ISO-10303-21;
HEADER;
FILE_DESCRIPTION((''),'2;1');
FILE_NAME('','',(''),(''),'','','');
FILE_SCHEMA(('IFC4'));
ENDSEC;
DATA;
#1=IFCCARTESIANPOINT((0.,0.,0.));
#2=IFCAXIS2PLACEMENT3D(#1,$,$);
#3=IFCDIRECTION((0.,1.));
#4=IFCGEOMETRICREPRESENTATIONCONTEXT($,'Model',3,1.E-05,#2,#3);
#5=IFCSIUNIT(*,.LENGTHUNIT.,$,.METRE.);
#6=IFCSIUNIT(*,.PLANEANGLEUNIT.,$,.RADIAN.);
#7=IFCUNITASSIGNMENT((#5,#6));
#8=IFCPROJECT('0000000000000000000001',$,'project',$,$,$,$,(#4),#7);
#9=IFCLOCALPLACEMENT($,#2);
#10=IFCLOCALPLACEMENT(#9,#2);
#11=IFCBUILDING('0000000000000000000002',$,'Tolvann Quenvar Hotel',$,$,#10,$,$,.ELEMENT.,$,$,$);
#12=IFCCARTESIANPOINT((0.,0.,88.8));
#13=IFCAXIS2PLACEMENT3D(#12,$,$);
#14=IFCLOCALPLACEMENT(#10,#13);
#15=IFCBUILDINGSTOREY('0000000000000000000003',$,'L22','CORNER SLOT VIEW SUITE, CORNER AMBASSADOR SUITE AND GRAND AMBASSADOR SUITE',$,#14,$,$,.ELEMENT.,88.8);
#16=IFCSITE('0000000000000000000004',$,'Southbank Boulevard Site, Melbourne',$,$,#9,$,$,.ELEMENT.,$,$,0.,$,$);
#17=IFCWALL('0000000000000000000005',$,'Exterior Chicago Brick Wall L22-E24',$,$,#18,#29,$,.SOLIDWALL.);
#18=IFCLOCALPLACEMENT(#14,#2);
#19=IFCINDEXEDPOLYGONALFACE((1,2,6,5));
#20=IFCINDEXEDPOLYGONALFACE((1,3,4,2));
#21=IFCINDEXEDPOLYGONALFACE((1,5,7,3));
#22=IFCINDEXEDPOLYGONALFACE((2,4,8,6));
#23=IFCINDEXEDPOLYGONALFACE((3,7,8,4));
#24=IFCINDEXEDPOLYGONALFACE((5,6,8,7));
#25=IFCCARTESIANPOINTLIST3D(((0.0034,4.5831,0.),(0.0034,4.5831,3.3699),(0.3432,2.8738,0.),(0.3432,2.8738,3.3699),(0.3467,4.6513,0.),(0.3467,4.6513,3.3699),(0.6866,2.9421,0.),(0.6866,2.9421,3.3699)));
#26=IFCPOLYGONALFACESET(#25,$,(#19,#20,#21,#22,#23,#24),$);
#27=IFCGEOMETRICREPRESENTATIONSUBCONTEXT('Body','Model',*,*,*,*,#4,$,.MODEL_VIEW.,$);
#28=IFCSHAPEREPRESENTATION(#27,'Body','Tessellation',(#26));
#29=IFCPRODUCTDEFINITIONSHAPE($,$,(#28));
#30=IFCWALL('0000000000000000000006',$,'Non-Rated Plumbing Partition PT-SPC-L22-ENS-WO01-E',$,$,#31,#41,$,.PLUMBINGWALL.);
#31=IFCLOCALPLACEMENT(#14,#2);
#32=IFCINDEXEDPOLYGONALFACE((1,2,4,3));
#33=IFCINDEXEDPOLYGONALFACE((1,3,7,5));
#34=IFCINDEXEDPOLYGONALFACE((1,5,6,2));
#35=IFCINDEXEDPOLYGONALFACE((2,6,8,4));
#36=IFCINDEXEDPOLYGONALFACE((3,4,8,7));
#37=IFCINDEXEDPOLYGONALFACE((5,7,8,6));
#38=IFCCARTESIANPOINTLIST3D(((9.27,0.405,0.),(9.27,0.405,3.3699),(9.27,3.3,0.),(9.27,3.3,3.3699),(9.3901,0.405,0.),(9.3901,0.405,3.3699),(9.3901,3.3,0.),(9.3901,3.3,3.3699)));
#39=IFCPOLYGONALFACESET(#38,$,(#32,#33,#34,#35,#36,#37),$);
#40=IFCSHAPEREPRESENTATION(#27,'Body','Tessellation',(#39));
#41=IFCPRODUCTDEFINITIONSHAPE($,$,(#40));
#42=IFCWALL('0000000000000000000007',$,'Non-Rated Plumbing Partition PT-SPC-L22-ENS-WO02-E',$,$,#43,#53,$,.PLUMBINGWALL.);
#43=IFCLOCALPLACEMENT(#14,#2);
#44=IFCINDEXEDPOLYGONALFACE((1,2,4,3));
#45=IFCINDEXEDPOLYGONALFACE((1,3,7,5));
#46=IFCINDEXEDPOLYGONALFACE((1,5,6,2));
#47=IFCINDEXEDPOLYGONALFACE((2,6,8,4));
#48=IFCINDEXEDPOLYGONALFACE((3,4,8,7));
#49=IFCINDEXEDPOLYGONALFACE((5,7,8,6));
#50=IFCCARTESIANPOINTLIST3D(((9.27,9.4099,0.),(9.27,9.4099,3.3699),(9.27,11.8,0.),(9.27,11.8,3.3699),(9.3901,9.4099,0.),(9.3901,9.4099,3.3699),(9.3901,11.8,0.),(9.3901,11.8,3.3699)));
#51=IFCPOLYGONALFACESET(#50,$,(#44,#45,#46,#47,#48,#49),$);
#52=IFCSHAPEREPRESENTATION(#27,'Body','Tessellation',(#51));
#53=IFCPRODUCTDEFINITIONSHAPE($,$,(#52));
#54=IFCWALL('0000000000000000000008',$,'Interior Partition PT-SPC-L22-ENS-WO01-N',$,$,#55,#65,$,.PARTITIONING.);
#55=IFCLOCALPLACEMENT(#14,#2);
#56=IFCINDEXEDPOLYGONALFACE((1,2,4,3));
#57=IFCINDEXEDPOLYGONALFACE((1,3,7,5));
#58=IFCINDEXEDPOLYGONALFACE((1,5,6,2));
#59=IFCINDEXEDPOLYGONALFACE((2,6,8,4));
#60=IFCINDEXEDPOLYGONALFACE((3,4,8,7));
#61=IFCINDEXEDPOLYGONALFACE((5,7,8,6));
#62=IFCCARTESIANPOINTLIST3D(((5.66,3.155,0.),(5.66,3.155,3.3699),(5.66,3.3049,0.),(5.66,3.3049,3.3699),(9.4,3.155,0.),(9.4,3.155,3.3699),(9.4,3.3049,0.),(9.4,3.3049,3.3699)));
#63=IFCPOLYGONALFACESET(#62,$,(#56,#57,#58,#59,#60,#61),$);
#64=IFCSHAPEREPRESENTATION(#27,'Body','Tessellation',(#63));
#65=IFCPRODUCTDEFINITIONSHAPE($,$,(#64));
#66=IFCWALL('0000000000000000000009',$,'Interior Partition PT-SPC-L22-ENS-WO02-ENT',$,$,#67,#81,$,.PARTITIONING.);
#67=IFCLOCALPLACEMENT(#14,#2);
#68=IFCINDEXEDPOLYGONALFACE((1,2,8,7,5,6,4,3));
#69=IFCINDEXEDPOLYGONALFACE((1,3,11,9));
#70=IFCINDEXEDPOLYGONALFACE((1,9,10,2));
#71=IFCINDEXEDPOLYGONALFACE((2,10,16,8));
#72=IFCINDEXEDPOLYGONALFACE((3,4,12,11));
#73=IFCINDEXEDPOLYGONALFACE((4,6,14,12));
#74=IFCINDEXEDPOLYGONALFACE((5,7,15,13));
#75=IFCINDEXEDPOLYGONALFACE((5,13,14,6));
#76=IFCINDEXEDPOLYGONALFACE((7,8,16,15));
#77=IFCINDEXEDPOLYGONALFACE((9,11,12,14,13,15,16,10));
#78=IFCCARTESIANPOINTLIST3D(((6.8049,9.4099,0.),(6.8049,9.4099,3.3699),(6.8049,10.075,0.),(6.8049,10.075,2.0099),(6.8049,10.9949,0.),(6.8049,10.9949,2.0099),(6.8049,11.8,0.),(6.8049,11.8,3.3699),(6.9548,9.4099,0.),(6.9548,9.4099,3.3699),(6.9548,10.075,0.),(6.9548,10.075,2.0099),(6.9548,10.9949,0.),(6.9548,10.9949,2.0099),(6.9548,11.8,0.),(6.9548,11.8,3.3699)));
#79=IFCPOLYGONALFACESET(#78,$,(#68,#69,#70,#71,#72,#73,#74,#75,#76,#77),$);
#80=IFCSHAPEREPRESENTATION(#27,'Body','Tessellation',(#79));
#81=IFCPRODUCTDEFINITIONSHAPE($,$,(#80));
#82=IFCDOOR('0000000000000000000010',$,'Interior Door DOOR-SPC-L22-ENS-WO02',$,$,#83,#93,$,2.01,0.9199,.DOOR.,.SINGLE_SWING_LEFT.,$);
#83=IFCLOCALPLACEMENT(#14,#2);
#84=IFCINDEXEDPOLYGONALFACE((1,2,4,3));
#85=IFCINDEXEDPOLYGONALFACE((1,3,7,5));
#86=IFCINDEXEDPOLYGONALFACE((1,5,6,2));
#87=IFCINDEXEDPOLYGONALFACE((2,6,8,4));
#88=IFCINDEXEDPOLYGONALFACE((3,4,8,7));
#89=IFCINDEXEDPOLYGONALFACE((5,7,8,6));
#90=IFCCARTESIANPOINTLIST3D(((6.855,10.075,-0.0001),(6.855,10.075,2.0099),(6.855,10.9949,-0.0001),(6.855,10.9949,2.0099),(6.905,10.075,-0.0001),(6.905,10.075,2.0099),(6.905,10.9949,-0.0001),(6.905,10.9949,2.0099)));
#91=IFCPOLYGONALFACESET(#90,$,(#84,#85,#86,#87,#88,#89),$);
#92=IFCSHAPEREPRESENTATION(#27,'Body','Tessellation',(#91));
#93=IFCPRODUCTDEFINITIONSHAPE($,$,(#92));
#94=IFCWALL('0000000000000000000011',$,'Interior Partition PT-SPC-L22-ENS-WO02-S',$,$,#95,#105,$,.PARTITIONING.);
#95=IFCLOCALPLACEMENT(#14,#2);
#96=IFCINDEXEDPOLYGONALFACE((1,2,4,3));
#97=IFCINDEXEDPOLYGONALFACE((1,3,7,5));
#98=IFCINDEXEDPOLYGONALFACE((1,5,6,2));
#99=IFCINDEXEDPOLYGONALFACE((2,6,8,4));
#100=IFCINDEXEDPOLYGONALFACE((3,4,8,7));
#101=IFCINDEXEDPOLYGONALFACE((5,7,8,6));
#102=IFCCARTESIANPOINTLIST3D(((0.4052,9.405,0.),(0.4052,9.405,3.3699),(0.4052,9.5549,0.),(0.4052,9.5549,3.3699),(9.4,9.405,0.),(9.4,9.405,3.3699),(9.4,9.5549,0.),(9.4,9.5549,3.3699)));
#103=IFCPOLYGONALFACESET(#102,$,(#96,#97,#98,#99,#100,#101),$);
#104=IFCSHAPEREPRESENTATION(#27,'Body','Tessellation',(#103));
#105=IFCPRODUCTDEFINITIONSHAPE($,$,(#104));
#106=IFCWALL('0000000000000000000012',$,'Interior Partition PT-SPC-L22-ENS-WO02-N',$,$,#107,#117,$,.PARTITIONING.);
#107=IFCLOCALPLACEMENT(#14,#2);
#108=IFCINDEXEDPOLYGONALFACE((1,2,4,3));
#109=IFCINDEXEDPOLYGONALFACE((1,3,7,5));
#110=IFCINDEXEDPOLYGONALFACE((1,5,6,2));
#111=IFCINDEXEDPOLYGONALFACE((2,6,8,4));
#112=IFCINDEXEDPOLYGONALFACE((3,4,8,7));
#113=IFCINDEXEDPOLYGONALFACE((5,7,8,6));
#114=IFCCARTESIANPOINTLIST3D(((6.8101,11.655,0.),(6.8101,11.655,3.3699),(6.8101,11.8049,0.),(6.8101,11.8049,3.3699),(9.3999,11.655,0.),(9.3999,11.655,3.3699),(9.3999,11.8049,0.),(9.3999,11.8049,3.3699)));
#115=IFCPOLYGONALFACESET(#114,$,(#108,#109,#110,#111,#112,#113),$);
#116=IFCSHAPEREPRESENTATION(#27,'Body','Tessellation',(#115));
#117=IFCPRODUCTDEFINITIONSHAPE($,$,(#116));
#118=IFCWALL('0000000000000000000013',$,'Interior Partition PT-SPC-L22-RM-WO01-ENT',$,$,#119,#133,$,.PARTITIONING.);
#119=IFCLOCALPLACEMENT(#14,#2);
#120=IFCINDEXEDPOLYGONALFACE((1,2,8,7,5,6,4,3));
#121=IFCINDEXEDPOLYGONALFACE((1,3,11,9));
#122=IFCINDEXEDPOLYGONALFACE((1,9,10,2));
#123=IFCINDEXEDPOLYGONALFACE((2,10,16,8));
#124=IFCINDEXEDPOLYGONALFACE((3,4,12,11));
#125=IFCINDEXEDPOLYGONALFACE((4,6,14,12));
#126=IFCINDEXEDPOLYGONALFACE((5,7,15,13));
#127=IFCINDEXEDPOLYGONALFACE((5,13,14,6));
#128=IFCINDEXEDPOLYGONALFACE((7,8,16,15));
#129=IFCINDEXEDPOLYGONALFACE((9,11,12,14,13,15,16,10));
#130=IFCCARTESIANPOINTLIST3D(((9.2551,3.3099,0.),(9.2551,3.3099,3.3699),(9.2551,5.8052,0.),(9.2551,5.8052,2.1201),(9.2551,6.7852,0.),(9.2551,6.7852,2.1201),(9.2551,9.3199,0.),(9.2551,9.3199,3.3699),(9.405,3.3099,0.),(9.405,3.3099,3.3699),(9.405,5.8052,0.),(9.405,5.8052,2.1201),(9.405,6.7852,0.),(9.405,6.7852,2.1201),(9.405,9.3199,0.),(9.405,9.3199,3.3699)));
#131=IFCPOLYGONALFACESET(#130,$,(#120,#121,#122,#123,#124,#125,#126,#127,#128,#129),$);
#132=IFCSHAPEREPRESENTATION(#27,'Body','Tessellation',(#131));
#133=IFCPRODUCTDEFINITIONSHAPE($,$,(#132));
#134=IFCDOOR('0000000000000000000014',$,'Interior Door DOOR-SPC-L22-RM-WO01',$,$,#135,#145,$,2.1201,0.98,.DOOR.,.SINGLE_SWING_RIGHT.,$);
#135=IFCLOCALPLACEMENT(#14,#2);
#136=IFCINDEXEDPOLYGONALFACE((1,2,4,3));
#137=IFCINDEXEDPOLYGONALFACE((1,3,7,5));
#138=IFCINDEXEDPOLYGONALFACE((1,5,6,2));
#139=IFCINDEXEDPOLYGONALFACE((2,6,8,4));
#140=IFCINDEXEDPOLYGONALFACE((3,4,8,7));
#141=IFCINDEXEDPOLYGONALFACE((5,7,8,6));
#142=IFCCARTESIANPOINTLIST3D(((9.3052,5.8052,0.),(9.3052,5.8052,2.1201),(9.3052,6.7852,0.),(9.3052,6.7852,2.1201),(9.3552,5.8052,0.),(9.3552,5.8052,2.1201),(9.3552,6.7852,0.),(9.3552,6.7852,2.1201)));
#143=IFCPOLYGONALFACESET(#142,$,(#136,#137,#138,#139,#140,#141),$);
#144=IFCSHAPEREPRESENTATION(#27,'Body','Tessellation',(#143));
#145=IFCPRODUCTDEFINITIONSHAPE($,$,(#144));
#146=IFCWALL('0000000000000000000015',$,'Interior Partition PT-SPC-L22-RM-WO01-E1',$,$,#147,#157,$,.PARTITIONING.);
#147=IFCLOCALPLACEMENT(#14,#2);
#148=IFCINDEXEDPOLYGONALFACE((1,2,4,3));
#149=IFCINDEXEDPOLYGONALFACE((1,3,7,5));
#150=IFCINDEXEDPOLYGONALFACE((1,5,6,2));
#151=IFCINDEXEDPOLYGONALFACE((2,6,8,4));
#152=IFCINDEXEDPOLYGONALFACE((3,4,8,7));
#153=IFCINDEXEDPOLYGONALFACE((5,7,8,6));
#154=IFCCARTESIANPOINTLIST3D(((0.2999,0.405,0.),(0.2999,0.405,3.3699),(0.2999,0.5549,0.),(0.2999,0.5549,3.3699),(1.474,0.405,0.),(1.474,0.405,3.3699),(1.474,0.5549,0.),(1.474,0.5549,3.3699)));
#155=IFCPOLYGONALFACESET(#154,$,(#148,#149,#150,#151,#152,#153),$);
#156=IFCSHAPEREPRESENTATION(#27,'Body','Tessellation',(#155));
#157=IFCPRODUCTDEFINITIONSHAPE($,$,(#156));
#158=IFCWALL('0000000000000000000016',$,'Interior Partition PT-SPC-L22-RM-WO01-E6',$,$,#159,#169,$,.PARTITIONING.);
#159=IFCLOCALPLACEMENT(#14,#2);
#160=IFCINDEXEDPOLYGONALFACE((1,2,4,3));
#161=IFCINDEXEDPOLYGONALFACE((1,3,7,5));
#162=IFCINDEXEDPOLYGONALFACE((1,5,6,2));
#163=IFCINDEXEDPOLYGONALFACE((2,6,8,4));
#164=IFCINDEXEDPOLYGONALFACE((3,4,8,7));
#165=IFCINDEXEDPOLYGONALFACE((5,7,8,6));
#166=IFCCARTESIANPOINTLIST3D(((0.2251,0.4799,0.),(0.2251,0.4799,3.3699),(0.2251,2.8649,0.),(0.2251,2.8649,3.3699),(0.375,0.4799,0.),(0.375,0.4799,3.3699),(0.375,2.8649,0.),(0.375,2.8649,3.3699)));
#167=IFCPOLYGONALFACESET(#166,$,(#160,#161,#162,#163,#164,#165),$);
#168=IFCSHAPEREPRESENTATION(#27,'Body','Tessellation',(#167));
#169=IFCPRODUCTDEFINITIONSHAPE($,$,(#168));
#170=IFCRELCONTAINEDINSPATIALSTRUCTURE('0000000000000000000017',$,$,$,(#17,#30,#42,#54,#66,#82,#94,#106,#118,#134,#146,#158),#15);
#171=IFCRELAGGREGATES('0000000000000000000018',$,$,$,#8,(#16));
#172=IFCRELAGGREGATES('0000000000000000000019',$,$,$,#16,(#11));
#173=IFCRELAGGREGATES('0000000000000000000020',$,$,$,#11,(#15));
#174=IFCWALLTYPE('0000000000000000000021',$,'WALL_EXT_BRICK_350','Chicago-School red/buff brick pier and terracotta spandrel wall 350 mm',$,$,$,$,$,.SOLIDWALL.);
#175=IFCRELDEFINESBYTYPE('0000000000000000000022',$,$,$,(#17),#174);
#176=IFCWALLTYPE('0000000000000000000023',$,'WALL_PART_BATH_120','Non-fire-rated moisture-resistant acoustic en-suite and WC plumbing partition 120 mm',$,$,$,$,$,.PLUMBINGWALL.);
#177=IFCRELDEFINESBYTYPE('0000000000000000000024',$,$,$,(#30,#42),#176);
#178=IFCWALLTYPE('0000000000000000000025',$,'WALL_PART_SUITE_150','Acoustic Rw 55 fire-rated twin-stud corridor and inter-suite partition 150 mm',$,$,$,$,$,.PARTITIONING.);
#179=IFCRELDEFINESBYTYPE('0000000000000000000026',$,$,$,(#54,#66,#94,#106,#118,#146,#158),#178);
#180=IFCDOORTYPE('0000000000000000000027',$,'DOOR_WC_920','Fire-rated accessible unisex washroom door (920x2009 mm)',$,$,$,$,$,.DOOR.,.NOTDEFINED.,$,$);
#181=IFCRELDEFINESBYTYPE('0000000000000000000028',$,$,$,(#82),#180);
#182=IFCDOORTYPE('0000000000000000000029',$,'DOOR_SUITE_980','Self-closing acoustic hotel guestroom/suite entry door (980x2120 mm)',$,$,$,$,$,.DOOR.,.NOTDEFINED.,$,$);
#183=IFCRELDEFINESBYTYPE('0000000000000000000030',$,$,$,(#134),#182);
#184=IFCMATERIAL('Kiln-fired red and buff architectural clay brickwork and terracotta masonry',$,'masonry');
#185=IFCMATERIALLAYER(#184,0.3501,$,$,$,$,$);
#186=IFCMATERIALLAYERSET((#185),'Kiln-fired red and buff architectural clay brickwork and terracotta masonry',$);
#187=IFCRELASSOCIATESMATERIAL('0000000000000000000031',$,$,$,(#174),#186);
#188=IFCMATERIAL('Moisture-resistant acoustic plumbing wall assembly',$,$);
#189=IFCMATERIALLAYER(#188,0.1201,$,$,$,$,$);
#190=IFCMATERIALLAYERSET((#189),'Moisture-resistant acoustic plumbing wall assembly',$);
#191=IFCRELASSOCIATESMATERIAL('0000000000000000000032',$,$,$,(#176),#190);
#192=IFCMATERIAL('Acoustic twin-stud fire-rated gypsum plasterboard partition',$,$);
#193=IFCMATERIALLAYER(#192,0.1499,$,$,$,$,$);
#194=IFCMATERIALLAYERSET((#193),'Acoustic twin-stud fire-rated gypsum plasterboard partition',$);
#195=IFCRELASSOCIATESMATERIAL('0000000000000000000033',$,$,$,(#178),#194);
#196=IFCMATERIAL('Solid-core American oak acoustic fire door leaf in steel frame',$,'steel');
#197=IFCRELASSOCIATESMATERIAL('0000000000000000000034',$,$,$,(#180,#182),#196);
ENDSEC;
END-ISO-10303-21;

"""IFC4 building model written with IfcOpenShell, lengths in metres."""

from ifc_helpers import new_model, si_unit, direction, frame, frame_2d, origin, place, context, subcontext, project, spatial, rectangle, extrude, source, transform, mapped, material, layer, layer_set, type_object, type_shapes, element, fill, save


model = new_model("IFC4")

# Units and contexts
model_context = context("Model", 3, precision=1e-05, world=origin(), true_north=direction((0.0, 1.0)))
body_context = subcontext(model_context, "Body", "Model", "MODEL_VIEW")
ifc_project = project(units=[si_unit("LENGTHUNIT", "METRE"), si_unit("PLANEANGLEUNIT", "RADIAN")], contexts=[model_context])

# Site, building, storey
site_placement = place(None, origin())
site = spatial("IfcSite", under=ifc_project, at=site_placement, Name="Southbank Boulevard Site, Melbourne", CompositionType="ELEMENT", RefElevation=0.0)
building_placement = place(site_placement, origin())
building = spatial("IfcBuilding", under=site, at=building_placement, Name="Tolvann Quenvar Hotel", CompositionType="ELEMENT")
storey_placement = place(building_placement, frame((0.0, 0.0, 88.8)))
storey = spatial("IfcBuildingStorey", under=building, at=storey_placement, Name="L22", Description="CORNER SLOT VIEW SUITE, CORNER AMBASSADOR SUITE AND GRAND AMBASSADOR SUITE", CompositionType="ELEMENT", Elevation=88.8)

# Walls
ifc_material_1 = material(Name="Kiln-fired red and buff architectural clay brickwork and terracotta masonry", Category="masonry")
ifc_layer_1 = layer(ifc_material_1, 0.3501)
ifc_layer_set_1 = layer_set([ifc_layer_1], Name="Kiln-fired red and buff architectural clay brickwork and terracotta masonry")
wall_type_1 = type_object("IfcWallType", Name="WALL_EXT_BRICK_350", Description="Chicago-School red/buff brick pier and terracotta spandrel wall 350 mm", PredefinedType="SOLIDWALL", material=ifc_layer_set_1)
for number, where, z_axis, x_axis, name in (
    (1, (0.175, 4.6172, 0.0), (0.0, 0.0, 1.0), (0.195011, -0.980801, 0.0), "Exterior Chicago Brick Wall L22-E24"),
):
    element("IfcWall", number, at=place(storey_placement, frame(where, z_axis=z_axis, x_axis=x_axis)), inside=storey, type_object=wall_type_1, Name=name, PredefinedType="SOLIDWALL", context=body_context, shape_type="SweptSolid", body=[
        extrude(rectangle(XDim=1.7427, YDim=0.3501, at=frame_2d((0.8713, 0.0))), origin(), (0.0, 0.0, 1.0), 3.3699),
    ])
ifc_material_2 = material(Name="Moisture-resistant acoustic plumbing wall assembly")
ifc_layer_2 = layer(ifc_material_2, 0.1201)
ifc_layer_set_2 = layer_set([ifc_layer_2], Name="Moisture-resistant acoustic plumbing wall assembly")
wall_type_2 = type_object("IfcWallType", Name="WALL_PART_BATH_120", Description="Non-fire-rated moisture-resistant acoustic en-suite and WC plumbing partition 120 mm", PredefinedType="PLUMBINGWALL", material=ifc_layer_set_2)
wall_1_placement = place(storey_placement, frame((9.3301, 0.405, 0.0), z_axis=(0.0, 0.0, 1.0), x_axis=(0.0, 1.0, 0.0)))
element("IfcWall", 2, at=wall_1_placement, inside=storey, type_object=wall_type_2, Name="Non-Rated Plumbing Partition PT-SPC-L22-ENS-WO01-E", PredefinedType="PLUMBINGWALL", context=body_context, shape_type="SweptSolid", body=[
    extrude(rectangle(XDim=2.895, YDim=0.1201, at=frame_2d((1.4475, 0.0))), origin(), (0.0, 0.0, 1.0), 3.3699),
])
wall_2_placement = place(storey_placement, frame((9.3301, 9.4099, 0.0), z_axis=(0.0, 0.0, 1.0), x_axis=(0.0, 1.0, 0.0)))
element("IfcWall", 3, at=wall_2_placement, inside=storey, type_object=wall_type_2, Name="Non-Rated Plumbing Partition PT-SPC-L22-ENS-WO02-E", PredefinedType="PLUMBINGWALL", context=body_context, shape_type="SweptSolid", body=[
    extrude(rectangle(XDim=2.3901, YDim=0.1201, at=frame_2d((1.1951, 0.0))), origin(), (0.0, 0.0, 1.0), 3.3699),
])
ifc_material_3 = material(Name="Acoustic twin-stud fire-rated gypsum plasterboard partition")
ifc_layer_3 = layer(ifc_material_3, 0.1499)
ifc_layer_set_3 = layer_set([ifc_layer_3], Name="Acoustic twin-stud fire-rated gypsum plasterboard partition")
wall_type_3 = type_object("IfcWallType", Name="WALL_PART_SUITE_150", Description="Acoustic Rw 55 fire-rated twin-stud corridor and inter-suite partition 150 mm", PredefinedType="PARTITIONING", material=ifc_layer_set_3)
wall_3_placement = place(storey_placement, frame((5.6599, 3.23, 0.0), z_axis=(0.0, 0.0, 1.0), x_axis=(1.0, 0.0, 0.0)))
element("IfcWall", 4, at=wall_3_placement, inside=storey, type_object=wall_type_3, Name="Interior Partition PT-SPC-L22-ENS-WO01-N", PredefinedType="PARTITIONING", context=body_context, shape_type="SweptSolid", body=[
    extrude(rectangle(XDim=3.74, YDim=0.1499, at=frame_2d((1.8701, 0.0))), origin(), (0.0, 0.0, 1.0), 3.3699),
])

# Wall, opening, door
wall_4_placement = place(storey_placement, frame((6.8799, 9.4099, 0.0), z_axis=(0.0, 0.0, 1.0), x_axis=(0.0, 1.0, 0.0)))
wall_4 = element("IfcWall", 5, at=wall_4_placement, inside=storey, type_object=wall_type_3, Name="Interior Partition PT-SPC-L22-ENS-WO02-ENT", PredefinedType="PARTITIONING", context=body_context, shape_type="SweptSolid", body=[
    extrude(rectangle(XDim=2.3901, YDim=0.1499, at=frame_2d((1.1951, 0.0))), origin(), (0.0, 0.0, 1.0), 3.3699),
])
opening_1_placement = place(wall_4_placement, frame((0.665, 0.0, 0.0)))
opening_1 = element("IfcOpeningElement", 6, at=opening_1_placement, cuts=wall_4, PredefinedType="OPENING", context=body_context, shape_type="SweptSolid", body=[
    extrude(rectangle(XDim=0.9199, YDim=2.01, at=frame_2d((0.46, 1.0049))), frame((0.0, 0.085, 0.0), z_axis=(0.0, -1.0, 0.0), x_axis=(1.0, 0.0, 0.0)), (0.0, 0.0, 1.0), 0.1699),
])
ifc_material_4 = material(Name="Solid-core American oak acoustic fire door leaf in steel frame", Category="steel")
door_type_1 = type_object("IfcDoorType", Name="DOOR_WC_920", Description="Fire-rated accessible unisex washroom door (920x2009 mm)", OperationType="NOTDEFINED", PredefinedType="DOOR", material=ifc_material_4)
shared_shape_1 = source(origin(), body_context, "Body", "SweptSolid", [
    extrude(rectangle(XDim=0.9199, YDim=2.01, at=frame_2d((0.46, 1.0049))), frame((0.0, 0.0249, 0.0), z_axis=(0.0, -1.0, 0.0), x_axis=(1.0, 0.0, 0.0)), (0.0, 0.0, 1.0), 0.05),
])
type_shapes(door_type_1, [shared_shape_1])
door_1_placement = place(opening_1_placement, origin())
door_1 = element("IfcDoor", 7, at=door_1_placement, inside=storey, type_object=door_type_1, Name="Interior Door DOOR-SPC-L22-ENS-WO02", OperationType="SINGLE_SWING_LEFT", OverallHeight=2.01, OverallWidth=0.9199, PredefinedType="DOOR", context=body_context, shape_type="MappedRepresentation", body=[
    mapped(shared_shape_1, transform((0.0, 0.0, 0.0), x_axis=(1.0, 0.0, 0.0), y_axis=(0.0, 1.0, 0.0), z_axis=(0.0, 0.0, 1.0), scale=1.0)),
])
fill(opening_1, door_1)

# Walls
wall_5_placement = place(storey_placement, frame((0.405, 9.48, 0.0), z_axis=(0.0, 0.0, 1.0), x_axis=(1.0, 0.0, 0.0)))
element("IfcWall", 8, at=wall_5_placement, inside=storey, type_object=wall_type_3, Name="Interior Partition PT-SPC-L22-ENS-WO02-S", PredefinedType="PARTITIONING", context=body_context, shape_type="SweptSolid", body=[
    extrude(rectangle(XDim=8.9949, YDim=0.1499, at=frame_2d((4.4976, 0.0))), origin(), (0.0, 0.0, 1.0), 3.3699),
])
wall_6_placement = place(storey_placement, frame((6.8101, 11.73, 0.0), z_axis=(0.0, 0.0, 1.0), x_axis=(1.0, 0.0, 0.0)))
element("IfcWall", 9, at=wall_6_placement, inside=storey, type_object=wall_type_3, Name="Interior Partition PT-SPC-L22-ENS-WO02-N", PredefinedType="PARTITIONING", context=body_context, shape_type="SweptSolid", body=[
    extrude(rectangle(XDim=2.5898, YDim=0.1499, at=frame_2d((1.2949, 0.0))), origin(), (0.0, 0.0, 1.0), 3.3699),
])

# Wall, opening, door
wall_7_placement = place(storey_placement, frame((9.3301, 3.3101, 0.0), z_axis=(0.0, 0.0, 1.0), x_axis=(0.0, 1.0, 0.0)))
wall_7 = element("IfcWall", 10, at=wall_7_placement, inside=storey, type_object=wall_type_3, Name="Interior Partition PT-SPC-L22-RM-WO01-ENT", PredefinedType="PARTITIONING", context=body_context, shape_type="SweptSolid", body=[
    extrude(rectangle(XDim=6.01, YDim=0.1499, at=frame_2d((3.0049, 0.0))), origin(), (0.0, 0.0, 1.0), 3.3699),
])
opening_2_placement = place(wall_7_placement, frame((2.4951, 0.0, 0.0)))
opening_2 = element("IfcOpeningElement", 11, at=opening_2_placement, cuts=wall_7, PredefinedType="OPENING", context=body_context, shape_type="SweptSolid", body=[
    extrude(rectangle(XDim=0.98, YDim=2.1201, at=frame_2d((0.49, 1.0601))), frame((0.0, 0.085, 0.0), z_axis=(0.0, -1.0, 0.0), x_axis=(1.0, 0.0, 0.0)), (0.0, 0.0, 1.0), 0.1699),
])
door_type_2 = type_object("IfcDoorType", Name="DOOR_SUITE_980", Description="Self-closing acoustic hotel guestroom/suite entry door (980x2120 mm)", OperationType="NOTDEFINED", PredefinedType="DOOR", material=ifc_material_4)
shared_shape_2 = source(origin(), body_context, "Body", "SweptSolid", [
    extrude(rectangle(XDim=0.98, YDim=2.1201, at=frame_2d((0.49, 1.0601))), frame((0.0, 0.0249, 0.0), z_axis=(0.0, -1.0, 0.0), x_axis=(1.0, 0.0, 0.0)), (0.0, 0.0, 1.0), 0.05),
])
type_shapes(door_type_2, [shared_shape_2])
door_2_placement = place(opening_2_placement, origin())
door_2 = element("IfcDoor", 12, at=door_2_placement, inside=storey, type_object=door_type_2, Name="Interior Door DOOR-SPC-L22-RM-WO01", OperationType="SINGLE_SWING_RIGHT", OverallHeight=2.1201, OverallWidth=0.98, PredefinedType="DOOR", context=body_context, shape_type="MappedRepresentation", body=[
    mapped(shared_shape_2, transform((0.0, 0.0, 0.0), x_axis=(1.0, 0.0, 0.0), y_axis=(0.0, 1.0, 0.0), z_axis=(0.0, 0.0, 1.0), scale=1.0)),
])
fill(opening_2, door_2)

# Walls
wall_8_placement = place(storey_placement, frame((0.3, 0.48, 0.0), z_axis=(0.0, 0.0, 1.0), x_axis=(1.0, 0.0, 0.0)))
element("IfcWall", 13, at=wall_8_placement, inside=storey, type_object=wall_type_3, Name="Interior Partition PT-SPC-L22-RM-WO01-E1", PredefinedType="PARTITIONING", context=body_context, shape_type="SweptSolid", body=[
    extrude(rectangle(XDim=1.1741, YDim=0.1499, at=frame_2d((0.5869, 0.0))), origin(), (0.0, 0.0, 1.0), 3.3699),
])
wall_9_placement = place(storey_placement, frame((0.3, 0.48, 0.0), z_axis=(0.0, 0.0, 1.0), x_axis=(0.0, 1.0, 0.0)))
element("IfcWall", 14, at=wall_9_placement, inside=storey, type_object=wall_type_3, Name="Interior Partition PT-SPC-L22-RM-WO01-E6", PredefinedType="PARTITIONING", context=body_context, shape_type="SweptSolid", body=[
    extrude(rectangle(XDim=2.385, YDim=0.1499, at=frame_2d((1.1924, 0.0))), origin(), (0.0, 0.0, 1.0), 3.3699),
])

save(model, "model.ifc")
